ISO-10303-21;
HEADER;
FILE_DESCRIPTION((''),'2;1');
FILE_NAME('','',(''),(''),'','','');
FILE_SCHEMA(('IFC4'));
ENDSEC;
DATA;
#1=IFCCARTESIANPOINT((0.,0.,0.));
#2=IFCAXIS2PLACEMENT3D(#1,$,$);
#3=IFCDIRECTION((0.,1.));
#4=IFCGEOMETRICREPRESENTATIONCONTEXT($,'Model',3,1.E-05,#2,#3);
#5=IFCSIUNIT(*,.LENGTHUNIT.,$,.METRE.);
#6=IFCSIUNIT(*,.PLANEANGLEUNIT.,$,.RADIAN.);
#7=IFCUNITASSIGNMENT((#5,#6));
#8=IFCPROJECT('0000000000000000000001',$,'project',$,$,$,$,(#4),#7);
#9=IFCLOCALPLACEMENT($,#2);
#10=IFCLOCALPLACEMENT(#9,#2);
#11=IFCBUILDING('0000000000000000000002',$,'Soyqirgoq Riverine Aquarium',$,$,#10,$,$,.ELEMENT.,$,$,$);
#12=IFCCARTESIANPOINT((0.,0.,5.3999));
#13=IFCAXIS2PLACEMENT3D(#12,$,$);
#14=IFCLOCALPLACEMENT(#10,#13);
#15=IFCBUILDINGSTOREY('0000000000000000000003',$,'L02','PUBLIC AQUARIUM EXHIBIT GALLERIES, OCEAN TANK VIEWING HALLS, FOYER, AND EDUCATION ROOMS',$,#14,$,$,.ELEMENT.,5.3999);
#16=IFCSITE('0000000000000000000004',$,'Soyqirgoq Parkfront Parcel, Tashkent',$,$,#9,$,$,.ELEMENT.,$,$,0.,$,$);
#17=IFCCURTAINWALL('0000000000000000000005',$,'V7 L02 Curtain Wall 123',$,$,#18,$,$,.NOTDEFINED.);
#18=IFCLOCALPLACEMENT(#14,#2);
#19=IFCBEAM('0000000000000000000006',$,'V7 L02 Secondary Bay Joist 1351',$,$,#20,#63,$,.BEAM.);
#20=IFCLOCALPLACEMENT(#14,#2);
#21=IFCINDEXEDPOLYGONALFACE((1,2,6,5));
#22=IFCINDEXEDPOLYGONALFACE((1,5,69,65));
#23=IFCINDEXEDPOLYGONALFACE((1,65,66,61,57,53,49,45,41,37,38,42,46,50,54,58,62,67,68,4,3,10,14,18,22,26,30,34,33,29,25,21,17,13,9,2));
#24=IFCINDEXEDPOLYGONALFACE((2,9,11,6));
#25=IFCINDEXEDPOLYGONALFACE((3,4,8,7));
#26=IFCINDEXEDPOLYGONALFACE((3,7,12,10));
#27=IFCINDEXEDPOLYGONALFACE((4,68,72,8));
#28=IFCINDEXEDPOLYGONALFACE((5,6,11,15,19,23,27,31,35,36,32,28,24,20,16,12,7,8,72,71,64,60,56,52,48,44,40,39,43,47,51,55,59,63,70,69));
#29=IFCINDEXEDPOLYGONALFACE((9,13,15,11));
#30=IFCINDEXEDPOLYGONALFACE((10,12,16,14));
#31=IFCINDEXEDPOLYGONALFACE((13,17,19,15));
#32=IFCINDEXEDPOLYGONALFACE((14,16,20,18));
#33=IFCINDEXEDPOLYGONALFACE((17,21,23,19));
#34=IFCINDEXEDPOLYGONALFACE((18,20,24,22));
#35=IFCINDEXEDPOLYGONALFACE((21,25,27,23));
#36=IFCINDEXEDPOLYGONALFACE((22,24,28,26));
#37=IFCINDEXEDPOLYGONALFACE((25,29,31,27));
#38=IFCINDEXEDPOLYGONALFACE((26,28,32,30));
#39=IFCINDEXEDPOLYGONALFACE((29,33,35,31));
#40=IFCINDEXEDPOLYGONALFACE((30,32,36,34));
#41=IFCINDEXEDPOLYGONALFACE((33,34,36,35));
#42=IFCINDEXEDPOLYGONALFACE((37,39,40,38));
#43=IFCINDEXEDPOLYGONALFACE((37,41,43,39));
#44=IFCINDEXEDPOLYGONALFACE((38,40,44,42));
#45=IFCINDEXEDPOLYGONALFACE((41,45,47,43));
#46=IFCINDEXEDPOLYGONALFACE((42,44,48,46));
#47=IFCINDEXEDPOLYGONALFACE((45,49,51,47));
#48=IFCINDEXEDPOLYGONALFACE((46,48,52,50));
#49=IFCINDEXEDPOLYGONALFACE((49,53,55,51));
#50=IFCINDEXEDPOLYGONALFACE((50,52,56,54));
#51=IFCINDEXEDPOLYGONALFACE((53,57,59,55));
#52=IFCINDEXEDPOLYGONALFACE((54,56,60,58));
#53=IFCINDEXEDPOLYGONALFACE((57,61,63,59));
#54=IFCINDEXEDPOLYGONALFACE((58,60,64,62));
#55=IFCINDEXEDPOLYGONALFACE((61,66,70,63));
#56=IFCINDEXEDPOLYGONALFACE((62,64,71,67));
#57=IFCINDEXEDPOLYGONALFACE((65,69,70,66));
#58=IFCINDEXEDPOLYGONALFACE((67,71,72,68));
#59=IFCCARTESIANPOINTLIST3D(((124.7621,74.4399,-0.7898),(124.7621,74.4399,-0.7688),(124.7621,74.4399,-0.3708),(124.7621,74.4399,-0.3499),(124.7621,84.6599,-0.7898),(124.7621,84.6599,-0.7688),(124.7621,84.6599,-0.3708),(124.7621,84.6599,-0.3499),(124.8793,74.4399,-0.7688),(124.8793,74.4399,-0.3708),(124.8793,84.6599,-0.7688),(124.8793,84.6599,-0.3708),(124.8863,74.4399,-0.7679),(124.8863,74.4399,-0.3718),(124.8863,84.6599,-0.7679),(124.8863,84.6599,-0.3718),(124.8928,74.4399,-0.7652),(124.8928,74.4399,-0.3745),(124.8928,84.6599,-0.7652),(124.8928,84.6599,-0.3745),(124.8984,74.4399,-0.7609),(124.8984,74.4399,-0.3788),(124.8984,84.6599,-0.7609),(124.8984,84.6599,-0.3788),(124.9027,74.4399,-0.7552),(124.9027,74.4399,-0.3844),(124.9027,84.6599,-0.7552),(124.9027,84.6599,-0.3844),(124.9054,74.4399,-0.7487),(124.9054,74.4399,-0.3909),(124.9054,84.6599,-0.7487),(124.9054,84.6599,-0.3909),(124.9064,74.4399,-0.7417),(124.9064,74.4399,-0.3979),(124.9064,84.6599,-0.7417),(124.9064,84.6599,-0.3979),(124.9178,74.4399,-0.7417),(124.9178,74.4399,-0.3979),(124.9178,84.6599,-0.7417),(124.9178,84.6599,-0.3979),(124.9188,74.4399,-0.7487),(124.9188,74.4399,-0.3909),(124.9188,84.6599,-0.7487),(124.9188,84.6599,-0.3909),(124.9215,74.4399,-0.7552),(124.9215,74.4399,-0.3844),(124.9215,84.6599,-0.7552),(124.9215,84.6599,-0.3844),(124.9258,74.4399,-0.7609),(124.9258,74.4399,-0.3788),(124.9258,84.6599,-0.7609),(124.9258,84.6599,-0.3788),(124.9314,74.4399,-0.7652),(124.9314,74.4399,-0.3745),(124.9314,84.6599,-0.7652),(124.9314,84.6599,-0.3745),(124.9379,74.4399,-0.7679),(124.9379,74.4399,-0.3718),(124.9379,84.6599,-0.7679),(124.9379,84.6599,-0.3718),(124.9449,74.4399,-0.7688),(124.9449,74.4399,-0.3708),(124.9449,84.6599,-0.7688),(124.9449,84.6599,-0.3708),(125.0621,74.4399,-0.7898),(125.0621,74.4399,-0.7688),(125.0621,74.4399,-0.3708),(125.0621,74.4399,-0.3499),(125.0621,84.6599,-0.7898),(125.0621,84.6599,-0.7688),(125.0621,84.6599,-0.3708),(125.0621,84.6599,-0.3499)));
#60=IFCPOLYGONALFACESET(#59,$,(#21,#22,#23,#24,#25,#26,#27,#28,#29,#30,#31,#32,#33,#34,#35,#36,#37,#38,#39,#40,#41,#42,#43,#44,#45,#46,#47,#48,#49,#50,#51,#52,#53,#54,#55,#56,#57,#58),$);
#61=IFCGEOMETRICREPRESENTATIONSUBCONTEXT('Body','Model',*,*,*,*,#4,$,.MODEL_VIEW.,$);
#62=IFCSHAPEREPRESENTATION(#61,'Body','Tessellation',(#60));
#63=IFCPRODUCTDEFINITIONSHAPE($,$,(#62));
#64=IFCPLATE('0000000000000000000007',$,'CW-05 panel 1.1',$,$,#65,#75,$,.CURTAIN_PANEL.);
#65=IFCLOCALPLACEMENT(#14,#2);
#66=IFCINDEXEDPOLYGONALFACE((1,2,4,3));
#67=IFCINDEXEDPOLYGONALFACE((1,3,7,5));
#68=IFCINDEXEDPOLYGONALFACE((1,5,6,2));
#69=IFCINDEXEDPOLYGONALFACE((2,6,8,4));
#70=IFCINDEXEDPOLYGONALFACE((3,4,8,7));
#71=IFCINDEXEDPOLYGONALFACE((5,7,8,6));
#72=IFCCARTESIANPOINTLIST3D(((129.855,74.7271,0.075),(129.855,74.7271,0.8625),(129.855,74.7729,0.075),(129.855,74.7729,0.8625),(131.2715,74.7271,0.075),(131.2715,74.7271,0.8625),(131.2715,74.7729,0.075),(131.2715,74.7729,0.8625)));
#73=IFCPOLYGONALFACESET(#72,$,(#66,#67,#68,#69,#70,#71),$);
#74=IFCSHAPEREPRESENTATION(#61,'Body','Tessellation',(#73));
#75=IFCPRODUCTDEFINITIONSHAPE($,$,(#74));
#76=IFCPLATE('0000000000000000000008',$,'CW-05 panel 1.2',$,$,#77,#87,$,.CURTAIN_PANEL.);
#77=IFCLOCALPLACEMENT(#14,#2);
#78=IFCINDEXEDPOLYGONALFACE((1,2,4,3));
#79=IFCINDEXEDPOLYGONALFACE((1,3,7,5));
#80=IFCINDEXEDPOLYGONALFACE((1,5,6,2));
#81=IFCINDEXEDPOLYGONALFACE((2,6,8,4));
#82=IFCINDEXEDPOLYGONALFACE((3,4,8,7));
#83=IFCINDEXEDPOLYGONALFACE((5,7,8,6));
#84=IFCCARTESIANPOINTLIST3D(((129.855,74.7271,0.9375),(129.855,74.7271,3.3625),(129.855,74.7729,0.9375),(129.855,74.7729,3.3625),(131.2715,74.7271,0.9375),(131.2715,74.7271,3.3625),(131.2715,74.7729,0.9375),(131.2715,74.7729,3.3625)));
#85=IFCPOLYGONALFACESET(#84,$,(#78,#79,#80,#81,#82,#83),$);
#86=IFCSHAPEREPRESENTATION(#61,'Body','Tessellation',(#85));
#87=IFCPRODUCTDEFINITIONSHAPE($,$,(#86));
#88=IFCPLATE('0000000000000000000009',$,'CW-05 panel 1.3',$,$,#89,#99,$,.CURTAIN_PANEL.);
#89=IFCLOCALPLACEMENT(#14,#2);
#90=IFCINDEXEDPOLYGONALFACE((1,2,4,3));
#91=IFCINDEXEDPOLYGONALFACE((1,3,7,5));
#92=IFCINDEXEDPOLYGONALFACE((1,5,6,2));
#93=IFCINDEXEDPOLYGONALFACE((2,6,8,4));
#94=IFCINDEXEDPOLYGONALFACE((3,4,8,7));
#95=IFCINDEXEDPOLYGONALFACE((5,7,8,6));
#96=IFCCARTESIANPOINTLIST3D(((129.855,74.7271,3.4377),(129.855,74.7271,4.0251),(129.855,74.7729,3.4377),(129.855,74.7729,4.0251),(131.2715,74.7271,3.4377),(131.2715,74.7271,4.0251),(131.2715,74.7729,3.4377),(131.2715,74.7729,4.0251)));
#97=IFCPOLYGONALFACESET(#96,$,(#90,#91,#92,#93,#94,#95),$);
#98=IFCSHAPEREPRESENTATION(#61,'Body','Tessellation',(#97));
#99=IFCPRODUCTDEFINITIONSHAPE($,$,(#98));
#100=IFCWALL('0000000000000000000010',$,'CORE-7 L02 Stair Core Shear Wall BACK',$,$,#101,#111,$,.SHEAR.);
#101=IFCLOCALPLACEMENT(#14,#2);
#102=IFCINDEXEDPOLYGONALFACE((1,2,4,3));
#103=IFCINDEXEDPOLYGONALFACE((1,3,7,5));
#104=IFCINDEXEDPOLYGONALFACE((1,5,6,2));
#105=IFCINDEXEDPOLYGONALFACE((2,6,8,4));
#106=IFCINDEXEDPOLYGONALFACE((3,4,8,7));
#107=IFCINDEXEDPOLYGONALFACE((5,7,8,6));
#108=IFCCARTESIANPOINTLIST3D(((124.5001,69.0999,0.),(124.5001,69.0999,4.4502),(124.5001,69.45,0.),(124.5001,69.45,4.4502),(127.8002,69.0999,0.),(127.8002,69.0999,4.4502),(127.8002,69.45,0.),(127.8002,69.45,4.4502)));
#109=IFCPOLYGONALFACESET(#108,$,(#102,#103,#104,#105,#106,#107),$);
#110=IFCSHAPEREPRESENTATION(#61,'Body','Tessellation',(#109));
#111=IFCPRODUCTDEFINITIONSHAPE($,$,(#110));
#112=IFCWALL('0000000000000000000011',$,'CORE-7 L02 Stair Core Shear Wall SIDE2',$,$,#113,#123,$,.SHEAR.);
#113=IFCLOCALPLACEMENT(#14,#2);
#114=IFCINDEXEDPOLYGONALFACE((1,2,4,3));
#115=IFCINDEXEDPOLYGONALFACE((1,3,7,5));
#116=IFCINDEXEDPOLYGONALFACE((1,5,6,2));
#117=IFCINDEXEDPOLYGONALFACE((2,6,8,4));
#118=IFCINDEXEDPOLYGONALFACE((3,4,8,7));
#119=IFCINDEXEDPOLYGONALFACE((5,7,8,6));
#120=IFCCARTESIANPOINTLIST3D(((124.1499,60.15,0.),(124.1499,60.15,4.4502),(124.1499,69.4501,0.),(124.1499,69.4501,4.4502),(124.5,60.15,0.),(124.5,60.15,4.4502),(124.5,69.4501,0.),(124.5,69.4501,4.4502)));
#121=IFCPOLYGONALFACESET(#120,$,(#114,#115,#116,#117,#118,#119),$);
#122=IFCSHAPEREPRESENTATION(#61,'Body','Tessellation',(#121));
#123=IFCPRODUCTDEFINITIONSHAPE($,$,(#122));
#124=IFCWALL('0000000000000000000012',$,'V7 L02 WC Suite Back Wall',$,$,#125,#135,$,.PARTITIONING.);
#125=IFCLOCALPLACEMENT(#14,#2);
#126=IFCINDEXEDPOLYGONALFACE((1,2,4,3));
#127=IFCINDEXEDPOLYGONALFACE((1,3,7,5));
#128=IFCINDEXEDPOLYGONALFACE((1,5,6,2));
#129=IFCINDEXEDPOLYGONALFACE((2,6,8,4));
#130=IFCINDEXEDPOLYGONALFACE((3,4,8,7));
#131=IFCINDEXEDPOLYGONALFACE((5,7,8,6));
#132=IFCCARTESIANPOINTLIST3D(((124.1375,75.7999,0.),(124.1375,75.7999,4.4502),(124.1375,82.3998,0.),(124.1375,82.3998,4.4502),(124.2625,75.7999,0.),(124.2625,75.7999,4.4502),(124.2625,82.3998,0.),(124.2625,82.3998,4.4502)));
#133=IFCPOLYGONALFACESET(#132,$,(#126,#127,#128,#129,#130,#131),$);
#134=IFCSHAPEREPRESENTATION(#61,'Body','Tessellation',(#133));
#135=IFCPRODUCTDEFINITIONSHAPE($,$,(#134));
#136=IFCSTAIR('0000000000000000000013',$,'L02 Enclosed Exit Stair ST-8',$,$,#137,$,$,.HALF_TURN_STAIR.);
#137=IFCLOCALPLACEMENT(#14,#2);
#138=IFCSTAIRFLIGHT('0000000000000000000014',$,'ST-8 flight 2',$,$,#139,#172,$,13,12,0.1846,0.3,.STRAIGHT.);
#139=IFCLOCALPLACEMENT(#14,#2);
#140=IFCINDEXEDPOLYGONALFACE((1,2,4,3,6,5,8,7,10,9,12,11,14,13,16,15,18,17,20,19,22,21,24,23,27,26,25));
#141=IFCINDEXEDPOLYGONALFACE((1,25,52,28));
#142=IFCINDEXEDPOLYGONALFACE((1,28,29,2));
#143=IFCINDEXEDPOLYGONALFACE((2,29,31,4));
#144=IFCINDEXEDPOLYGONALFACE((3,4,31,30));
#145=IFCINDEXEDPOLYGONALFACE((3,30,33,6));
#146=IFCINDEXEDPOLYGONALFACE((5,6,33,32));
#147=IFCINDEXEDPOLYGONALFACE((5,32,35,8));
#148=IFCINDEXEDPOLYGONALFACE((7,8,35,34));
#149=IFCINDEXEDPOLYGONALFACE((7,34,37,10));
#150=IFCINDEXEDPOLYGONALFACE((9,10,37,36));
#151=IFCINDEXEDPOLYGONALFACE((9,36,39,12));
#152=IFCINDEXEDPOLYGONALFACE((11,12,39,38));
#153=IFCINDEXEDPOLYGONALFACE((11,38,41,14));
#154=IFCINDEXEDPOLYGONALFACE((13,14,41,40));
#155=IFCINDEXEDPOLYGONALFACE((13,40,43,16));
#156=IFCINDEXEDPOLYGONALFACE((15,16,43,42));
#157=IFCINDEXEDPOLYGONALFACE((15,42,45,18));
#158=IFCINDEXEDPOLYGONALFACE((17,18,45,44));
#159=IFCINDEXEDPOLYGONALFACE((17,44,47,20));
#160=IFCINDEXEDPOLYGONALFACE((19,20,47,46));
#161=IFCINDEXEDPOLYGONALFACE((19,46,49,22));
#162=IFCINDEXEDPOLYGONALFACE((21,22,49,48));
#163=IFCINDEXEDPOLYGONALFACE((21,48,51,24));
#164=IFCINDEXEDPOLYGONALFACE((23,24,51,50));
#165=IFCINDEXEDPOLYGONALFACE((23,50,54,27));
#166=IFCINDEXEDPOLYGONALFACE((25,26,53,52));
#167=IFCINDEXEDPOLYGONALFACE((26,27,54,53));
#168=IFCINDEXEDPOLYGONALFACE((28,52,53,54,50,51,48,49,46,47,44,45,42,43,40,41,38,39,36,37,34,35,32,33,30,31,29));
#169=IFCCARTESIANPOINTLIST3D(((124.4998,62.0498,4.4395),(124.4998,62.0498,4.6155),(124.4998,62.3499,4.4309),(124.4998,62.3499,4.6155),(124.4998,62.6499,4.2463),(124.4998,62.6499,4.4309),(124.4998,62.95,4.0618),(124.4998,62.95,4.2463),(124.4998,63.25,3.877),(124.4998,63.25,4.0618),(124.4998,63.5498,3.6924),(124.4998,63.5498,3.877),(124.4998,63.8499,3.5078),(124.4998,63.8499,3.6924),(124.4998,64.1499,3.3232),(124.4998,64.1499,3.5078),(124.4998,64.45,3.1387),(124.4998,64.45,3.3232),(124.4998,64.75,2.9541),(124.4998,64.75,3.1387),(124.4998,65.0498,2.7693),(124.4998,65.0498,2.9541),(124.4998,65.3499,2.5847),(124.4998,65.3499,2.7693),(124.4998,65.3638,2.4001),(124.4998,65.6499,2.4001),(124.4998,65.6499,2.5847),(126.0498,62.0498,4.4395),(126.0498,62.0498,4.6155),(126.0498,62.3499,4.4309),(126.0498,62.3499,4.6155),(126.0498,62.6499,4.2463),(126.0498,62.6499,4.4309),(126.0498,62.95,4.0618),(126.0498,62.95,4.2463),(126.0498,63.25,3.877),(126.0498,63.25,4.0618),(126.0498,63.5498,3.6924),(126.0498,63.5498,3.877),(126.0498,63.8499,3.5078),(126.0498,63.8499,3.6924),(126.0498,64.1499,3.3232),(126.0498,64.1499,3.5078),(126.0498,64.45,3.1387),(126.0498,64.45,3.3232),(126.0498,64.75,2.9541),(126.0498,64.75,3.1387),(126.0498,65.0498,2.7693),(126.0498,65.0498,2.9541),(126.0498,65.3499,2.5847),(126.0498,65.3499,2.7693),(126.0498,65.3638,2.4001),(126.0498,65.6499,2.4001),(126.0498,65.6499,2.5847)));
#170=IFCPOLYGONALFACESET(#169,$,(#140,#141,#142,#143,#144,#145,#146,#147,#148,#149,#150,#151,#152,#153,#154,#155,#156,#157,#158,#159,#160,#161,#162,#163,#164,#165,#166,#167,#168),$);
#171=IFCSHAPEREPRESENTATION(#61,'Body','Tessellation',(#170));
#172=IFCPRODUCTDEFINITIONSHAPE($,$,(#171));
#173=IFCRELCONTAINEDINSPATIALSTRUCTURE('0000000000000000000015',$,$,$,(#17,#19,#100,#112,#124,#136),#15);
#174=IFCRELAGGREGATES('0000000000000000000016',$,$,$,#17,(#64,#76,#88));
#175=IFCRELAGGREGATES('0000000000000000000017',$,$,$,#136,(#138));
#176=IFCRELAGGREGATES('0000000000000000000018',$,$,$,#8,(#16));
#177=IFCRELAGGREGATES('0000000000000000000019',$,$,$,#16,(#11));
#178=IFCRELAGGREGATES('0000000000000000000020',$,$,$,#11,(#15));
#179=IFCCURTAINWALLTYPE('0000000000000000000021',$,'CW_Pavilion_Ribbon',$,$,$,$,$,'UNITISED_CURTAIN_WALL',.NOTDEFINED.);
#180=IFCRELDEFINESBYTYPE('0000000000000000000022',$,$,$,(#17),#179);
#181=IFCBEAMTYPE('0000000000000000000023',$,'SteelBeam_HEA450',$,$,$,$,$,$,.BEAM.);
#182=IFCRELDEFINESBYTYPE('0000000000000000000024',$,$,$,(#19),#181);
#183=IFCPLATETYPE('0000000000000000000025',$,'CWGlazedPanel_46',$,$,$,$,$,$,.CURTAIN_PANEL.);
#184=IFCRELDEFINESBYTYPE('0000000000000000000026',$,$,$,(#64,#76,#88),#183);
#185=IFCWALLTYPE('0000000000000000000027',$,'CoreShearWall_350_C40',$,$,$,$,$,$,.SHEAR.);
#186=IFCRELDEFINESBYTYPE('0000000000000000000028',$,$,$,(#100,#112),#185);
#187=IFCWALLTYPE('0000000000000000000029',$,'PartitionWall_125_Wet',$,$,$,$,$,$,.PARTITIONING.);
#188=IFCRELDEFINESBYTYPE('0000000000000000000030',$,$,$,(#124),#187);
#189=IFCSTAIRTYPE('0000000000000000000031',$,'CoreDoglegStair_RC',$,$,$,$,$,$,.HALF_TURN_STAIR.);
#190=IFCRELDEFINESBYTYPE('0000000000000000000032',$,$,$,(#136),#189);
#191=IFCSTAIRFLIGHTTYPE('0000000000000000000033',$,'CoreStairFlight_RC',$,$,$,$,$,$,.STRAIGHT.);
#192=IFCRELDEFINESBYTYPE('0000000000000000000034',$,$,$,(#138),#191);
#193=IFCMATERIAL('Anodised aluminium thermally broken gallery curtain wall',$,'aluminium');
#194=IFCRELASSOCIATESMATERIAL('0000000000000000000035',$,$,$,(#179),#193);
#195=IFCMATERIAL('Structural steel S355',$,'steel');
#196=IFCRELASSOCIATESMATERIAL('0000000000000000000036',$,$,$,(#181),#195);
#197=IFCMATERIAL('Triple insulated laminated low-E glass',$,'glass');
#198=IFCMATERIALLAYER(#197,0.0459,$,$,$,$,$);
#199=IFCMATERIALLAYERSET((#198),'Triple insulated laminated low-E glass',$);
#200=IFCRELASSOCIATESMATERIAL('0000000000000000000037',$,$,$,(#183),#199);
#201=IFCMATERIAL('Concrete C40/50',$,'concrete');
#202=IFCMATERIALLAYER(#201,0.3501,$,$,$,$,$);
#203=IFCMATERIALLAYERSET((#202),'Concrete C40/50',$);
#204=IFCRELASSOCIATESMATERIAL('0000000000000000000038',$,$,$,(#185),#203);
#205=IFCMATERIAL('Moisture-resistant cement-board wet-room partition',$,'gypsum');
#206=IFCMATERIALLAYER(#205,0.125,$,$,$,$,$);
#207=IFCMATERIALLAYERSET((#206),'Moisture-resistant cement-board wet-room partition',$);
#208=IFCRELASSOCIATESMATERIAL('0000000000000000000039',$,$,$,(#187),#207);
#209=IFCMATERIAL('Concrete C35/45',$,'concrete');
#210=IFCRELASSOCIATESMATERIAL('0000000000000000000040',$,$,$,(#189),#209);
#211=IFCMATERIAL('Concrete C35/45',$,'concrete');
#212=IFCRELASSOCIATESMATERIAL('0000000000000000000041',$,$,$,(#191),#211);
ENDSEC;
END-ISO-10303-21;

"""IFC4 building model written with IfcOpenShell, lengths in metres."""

from ifc_helpers import new_model, si_unit, direction, frame, frame_2d, origin, origin_2d, place, context, subcontext, project, spatial, polyline, rectangle, i_section, outline, extrude, material, layer, layer_set, material_profile, profile_set, type_object, element, aggregate, save


model = new_model("IFC4")

# Units and contexts
model_context = context("Model", 3, precision=1e-05, world=origin(), true_north=direction((0.0, 1.0)))
body_context = subcontext(model_context, "Body", "Model", "MODEL_VIEW")
ifc_project = project(units=[si_unit("LENGTHUNIT", "METRE"), si_unit("PLANEANGLEUNIT", "RADIAN")], contexts=[model_context])

# Site, building, storey
site_placement = place(None, origin())
site = spatial("IfcSite", under=ifc_project, at=site_placement, Name="Soyqirgoq Parkfront Parcel, Tashkent", CompositionType="ELEMENT", RefElevation=0.0)
building_placement = place(site_placement, origin())
building = spatial("IfcBuilding", under=site, at=building_placement, Name="Soyqirgoq Riverine Aquarium", CompositionType="ELEMENT")
storey_placement = place(building_placement, frame((0.0, 0.0, 5.3999)))
storey = spatial("IfcBuildingStorey", under=building, at=storey_placement, Name="L02", Description="PUBLIC AQUARIUM EXHIBIT GALLERIES, OCEAN TANK VIEWING HALLS, FOYER, AND EDUCATION ROOMS", CompositionType="ELEMENT", Elevation=5.3999)

# Curtain wall
ifc_material_1 = material(Name="Anodised aluminium thermally broken gallery curtain wall", Category="aluminium")
curtain_wall_type = type_object("IfcCurtainWallType", Name="CW_Pavilion_Ribbon", ElementType="UNITISED_CURTAIN_WALL", PredefinedType="NOTDEFINED", material=ifc_material_1)
curtain_wall_placement = place(storey_placement, origin())
curtain_wall = element("IfcCurtainWall", 1, at=curtain_wall_placement, inside=storey, type_object=curtain_wall_type, Name="V7 L02 Curtain Wall 123", PredefinedType="NOTDEFINED")

# Beam
ifc_material_2 = material(Name="Structural steel S355", Category="steel")
ifc_material_profile_1 = material_profile(ifc_material_2, i_section(OverallWidth=0.3, OverallDepth=0.4399, WebThickness=0.0115, FlangeThickness=0.021, FilletRadius=0.0271, at=origin_2d()), Name="HEA 450")
ifc_profile_set_1 = profile_set([ifc_material_profile_1], Name="Structural steel S355")
beam_type_1 = type_object("IfcBeamType", Name="SteelBeam_HEA450", PredefinedType="BEAM", material=ifc_profile_set_1)
beam_1_placement = place(storey_placement, frame((124.9121, 74.4399, -0.5698), z_axis=(0.0, 1.0, 0.0), x_axis=(-1.0, 0.0, 0.0)))
element("IfcBeam", 2, at=beam_1_placement, inside=storey, type_object=beam_type_1, Name="V7 L02 Secondary Bay Joist 1351", PredefinedType="BEAM", context=body_context, shape_type="SweptSolid", body=[
    extrude(i_section(OverallWidth=0.3, OverallDepth=0.4399, WebThickness=0.0115, FlangeThickness=0.021, FilletRadius=0.0271, at=origin_2d()), origin(), (0.0, 0.0, 1.0), 10.22),
])

# Plates
ifc_material_3 = material(Name="Triple insulated laminated low-E glass", Category="glass")
ifc_layer_1 = layer(ifc_material_3, 0.0459)
ifc_layer_set_1 = layer_set([ifc_layer_1], Name="Triple insulated laminated low-E glass")
plate_type = type_object("IfcPlateType", Name="CWGlazedPanel_46", PredefinedType="CURTAIN_PANEL", material=ifc_layer_set_1)
plate_1_placement = place(storey_placement, frame((130.5632, 74.75, 0.075), z_axis=(0.0, 0.0, 1.0), x_axis=(1.0, 0.0, 0.0)))
plate_1 = element("IfcPlate", 3, at=plate_1_placement, type_object=plate_type, Name="CW-05 panel 1.1", PredefinedType="CURTAIN_PANEL", context=body_context, shape_type="SweptSolid", body=[
    extrude(rectangle(XDim=1.4165, YDim=0.0459, at=origin_2d()), origin(), (0.0, 0.0, 1.0), 0.7876),
])
plate_2_placement = place(storey_placement, frame((130.5632, 74.75, 0.9375), z_axis=(0.0, 0.0, 1.0), x_axis=(1.0, 0.0, 0.0)))
plate_2 = element("IfcPlate", 4, at=plate_2_placement, type_object=plate_type, Name="CW-05 panel 1.2", PredefinedType="CURTAIN_PANEL", context=body_context, shape_type="SweptSolid", body=[
    extrude(rectangle(XDim=1.4165, YDim=0.0459, at=origin_2d()), origin(), (0.0, 0.0, 1.0), 2.425),
])
plate_3_placement = place(storey_placement, frame((130.5632, 74.75, 3.4377), z_axis=(0.0, 0.0, 1.0), x_axis=(1.0, 0.0, 0.0)))
plate_3 = element("IfcPlate", 5, at=plate_3_placement, type_object=plate_type, Name="CW-05 panel 1.3", PredefinedType="CURTAIN_PANEL", context=body_context, shape_type="SweptSolid", body=[
    extrude(rectangle(XDim=1.4165, YDim=0.0459, at=origin_2d()), origin(), (0.0, 0.0, 1.0), 0.5874),
])
aggregate(curtain_wall, [plate_1, plate_2, plate_3])

# Walls
ifc_material_4 = material(Name="Concrete C40/50", Category="concrete")
ifc_layer_2 = layer(ifc_material_4, 0.3501)
ifc_layer_set_2 = layer_set([ifc_layer_2], Name="Concrete C40/50")
wall_type_1 = type_object("IfcWallType", Name="CoreShearWall_350_C40", PredefinedType="SHEAR", material=ifc_layer_set_2)
wall_1_placement = place(storey_placement, frame((127.8, 69.2749, 0.0), z_axis=(0.0, 0.0, 1.0), x_axis=(-1.0, 0.0, 0.0)))
element("IfcWall", 6, at=wall_1_placement, inside=storey, type_object=wall_type_1, Name="CORE-7 L02 Stair Core Shear Wall BACK", PredefinedType="SHEAR", context=body_context, shape_type="SweptSolid", body=[
    extrude(rectangle(XDim=3.3, YDim=0.3501, at=frame_2d((1.6499, 0.0))), origin(), (0.0, 0.0, 1.0), 4.4502),
])
wall_2_placement = place(storey_placement, frame((124.325, 69.45, 0.0), z_axis=(0.0, 0.0, 1.0), x_axis=(0.0, -1.0, 0.0)))
element("IfcWall", 7, at=wall_2_placement, inside=storey, type_object=wall_type_1, Name="CORE-7 L02 Stair Core Shear Wall SIDE2", PredefinedType="SHEAR", context=body_context, shape_type="SweptSolid", body=[
    extrude(rectangle(XDim=9.3, YDim=0.3501, at=frame_2d((4.6499, 0.0))), origin(), (0.0, 0.0, 1.0), 4.4502),
])
ifc_material_5 = material(Name="Moisture-resistant cement-board wet-room partition", Category="gypsum")
ifc_layer_3 = layer(ifc_material_5, 0.125)
ifc_layer_set_3 = layer_set([ifc_layer_3], Name="Moisture-resistant cement-board wet-room partition")
wall_type_2 = type_object("IfcWallType", Name="PartitionWall_125_Wet", PredefinedType="PARTITIONING", material=ifc_layer_set_3)
wall_3_placement = place(storey_placement, frame((124.2, 75.8, 0.0), z_axis=(0.0, 0.0, 1.0), x_axis=(0.0, 1.0, 0.0)))
element("IfcWall", 8, at=wall_3_placement, inside=storey, type_object=wall_type_2, Name="V7 L02 WC Suite Back Wall", PredefinedType="PARTITIONING", context=body_context, shape_type="SweptSolid", body=[
    extrude(rectangle(XDim=6.5999, YDim=0.125, at=frame_2d((3.2998, 0.0))), origin(), (0.0, 0.0, 1.0), 4.4502),
])

# Stair, stair flight
ifc_material_6 = material(Name="Concrete C35/45", Category="concrete")
stair_type = type_object("IfcStairType", Name="CoreDoglegStair_RC", PredefinedType="HALF_TURN_STAIR", material=ifc_material_6)
stair_placement = place(storey_placement, origin())
stair = element("IfcStair", 9, at=stair_placement, inside=storey, type_object=stair_type, Name="L02 Enclosed Exit Stair ST-8", PredefinedType="HALF_TURN_STAIR")
ifc_material_7 = material(Name="Concrete C35/45", Category="concrete")
stair_flight_type = type_object("IfcStairFlightType", Name="CoreStairFlight_RC", PredefinedType="STRAIGHT", material=ifc_material_7)
stair_flight_placement = place(storey_placement, frame((125.2749, 65.6499, 2.4001), z_axis=(0.0, 0.0, 1.0), x_axis=(0.0, -1.0, 0.0)))
stair_flight = element("IfcStairFlight", 10, at=stair_flight_placement, type_object=stair_flight_type, Name="ST-8 flight 2", NumberOfRisers=13, NumberOfTreads=12, PredefinedType="STRAIGHT", RiserHeight=0.1846, TreadLength=0.3, context=body_context, shape_type="SweptSolid", body=[
    extrude(outline(polyline([(0.0, 0.0), (0.0, 0.1846), (0.3, 0.1846), (0.3, 0.3691), (0.6001, 0.3691), (0.6001, 0.554), (0.8999, 0.554), (0.8999, 0.7385), (1.2, 0.7385), (1.2, 0.9231), (1.5, 0.9231), (1.5, 1.1077), (1.8, 1.1077), (1.8, 1.2922), (2.1001, 1.2922), (2.1001, 1.4768), (2.3999, 1.4768), (2.3999, 1.6616), (2.7, 1.6616), (2.7, 1.8462), (3.0, 1.8462), (3.0, 2.0308), (3.3, 2.0308), (3.3, 2.2153), (3.6001, 2.2153), (3.6001, 2.3999), (3.6001, 2.0393), (0.2861, 0.0), (0.0, 0.0)])), frame((0.0, 0.7749, 0.0), z_axis=(0.0, -1.0, 0.0), x_axis=(1.0, 0.0, 0.0)), (0.0, 0.0, 1.0), 1.55),
])
aggregate(stair, [stair_flight])

save(model, "model.ifc")
